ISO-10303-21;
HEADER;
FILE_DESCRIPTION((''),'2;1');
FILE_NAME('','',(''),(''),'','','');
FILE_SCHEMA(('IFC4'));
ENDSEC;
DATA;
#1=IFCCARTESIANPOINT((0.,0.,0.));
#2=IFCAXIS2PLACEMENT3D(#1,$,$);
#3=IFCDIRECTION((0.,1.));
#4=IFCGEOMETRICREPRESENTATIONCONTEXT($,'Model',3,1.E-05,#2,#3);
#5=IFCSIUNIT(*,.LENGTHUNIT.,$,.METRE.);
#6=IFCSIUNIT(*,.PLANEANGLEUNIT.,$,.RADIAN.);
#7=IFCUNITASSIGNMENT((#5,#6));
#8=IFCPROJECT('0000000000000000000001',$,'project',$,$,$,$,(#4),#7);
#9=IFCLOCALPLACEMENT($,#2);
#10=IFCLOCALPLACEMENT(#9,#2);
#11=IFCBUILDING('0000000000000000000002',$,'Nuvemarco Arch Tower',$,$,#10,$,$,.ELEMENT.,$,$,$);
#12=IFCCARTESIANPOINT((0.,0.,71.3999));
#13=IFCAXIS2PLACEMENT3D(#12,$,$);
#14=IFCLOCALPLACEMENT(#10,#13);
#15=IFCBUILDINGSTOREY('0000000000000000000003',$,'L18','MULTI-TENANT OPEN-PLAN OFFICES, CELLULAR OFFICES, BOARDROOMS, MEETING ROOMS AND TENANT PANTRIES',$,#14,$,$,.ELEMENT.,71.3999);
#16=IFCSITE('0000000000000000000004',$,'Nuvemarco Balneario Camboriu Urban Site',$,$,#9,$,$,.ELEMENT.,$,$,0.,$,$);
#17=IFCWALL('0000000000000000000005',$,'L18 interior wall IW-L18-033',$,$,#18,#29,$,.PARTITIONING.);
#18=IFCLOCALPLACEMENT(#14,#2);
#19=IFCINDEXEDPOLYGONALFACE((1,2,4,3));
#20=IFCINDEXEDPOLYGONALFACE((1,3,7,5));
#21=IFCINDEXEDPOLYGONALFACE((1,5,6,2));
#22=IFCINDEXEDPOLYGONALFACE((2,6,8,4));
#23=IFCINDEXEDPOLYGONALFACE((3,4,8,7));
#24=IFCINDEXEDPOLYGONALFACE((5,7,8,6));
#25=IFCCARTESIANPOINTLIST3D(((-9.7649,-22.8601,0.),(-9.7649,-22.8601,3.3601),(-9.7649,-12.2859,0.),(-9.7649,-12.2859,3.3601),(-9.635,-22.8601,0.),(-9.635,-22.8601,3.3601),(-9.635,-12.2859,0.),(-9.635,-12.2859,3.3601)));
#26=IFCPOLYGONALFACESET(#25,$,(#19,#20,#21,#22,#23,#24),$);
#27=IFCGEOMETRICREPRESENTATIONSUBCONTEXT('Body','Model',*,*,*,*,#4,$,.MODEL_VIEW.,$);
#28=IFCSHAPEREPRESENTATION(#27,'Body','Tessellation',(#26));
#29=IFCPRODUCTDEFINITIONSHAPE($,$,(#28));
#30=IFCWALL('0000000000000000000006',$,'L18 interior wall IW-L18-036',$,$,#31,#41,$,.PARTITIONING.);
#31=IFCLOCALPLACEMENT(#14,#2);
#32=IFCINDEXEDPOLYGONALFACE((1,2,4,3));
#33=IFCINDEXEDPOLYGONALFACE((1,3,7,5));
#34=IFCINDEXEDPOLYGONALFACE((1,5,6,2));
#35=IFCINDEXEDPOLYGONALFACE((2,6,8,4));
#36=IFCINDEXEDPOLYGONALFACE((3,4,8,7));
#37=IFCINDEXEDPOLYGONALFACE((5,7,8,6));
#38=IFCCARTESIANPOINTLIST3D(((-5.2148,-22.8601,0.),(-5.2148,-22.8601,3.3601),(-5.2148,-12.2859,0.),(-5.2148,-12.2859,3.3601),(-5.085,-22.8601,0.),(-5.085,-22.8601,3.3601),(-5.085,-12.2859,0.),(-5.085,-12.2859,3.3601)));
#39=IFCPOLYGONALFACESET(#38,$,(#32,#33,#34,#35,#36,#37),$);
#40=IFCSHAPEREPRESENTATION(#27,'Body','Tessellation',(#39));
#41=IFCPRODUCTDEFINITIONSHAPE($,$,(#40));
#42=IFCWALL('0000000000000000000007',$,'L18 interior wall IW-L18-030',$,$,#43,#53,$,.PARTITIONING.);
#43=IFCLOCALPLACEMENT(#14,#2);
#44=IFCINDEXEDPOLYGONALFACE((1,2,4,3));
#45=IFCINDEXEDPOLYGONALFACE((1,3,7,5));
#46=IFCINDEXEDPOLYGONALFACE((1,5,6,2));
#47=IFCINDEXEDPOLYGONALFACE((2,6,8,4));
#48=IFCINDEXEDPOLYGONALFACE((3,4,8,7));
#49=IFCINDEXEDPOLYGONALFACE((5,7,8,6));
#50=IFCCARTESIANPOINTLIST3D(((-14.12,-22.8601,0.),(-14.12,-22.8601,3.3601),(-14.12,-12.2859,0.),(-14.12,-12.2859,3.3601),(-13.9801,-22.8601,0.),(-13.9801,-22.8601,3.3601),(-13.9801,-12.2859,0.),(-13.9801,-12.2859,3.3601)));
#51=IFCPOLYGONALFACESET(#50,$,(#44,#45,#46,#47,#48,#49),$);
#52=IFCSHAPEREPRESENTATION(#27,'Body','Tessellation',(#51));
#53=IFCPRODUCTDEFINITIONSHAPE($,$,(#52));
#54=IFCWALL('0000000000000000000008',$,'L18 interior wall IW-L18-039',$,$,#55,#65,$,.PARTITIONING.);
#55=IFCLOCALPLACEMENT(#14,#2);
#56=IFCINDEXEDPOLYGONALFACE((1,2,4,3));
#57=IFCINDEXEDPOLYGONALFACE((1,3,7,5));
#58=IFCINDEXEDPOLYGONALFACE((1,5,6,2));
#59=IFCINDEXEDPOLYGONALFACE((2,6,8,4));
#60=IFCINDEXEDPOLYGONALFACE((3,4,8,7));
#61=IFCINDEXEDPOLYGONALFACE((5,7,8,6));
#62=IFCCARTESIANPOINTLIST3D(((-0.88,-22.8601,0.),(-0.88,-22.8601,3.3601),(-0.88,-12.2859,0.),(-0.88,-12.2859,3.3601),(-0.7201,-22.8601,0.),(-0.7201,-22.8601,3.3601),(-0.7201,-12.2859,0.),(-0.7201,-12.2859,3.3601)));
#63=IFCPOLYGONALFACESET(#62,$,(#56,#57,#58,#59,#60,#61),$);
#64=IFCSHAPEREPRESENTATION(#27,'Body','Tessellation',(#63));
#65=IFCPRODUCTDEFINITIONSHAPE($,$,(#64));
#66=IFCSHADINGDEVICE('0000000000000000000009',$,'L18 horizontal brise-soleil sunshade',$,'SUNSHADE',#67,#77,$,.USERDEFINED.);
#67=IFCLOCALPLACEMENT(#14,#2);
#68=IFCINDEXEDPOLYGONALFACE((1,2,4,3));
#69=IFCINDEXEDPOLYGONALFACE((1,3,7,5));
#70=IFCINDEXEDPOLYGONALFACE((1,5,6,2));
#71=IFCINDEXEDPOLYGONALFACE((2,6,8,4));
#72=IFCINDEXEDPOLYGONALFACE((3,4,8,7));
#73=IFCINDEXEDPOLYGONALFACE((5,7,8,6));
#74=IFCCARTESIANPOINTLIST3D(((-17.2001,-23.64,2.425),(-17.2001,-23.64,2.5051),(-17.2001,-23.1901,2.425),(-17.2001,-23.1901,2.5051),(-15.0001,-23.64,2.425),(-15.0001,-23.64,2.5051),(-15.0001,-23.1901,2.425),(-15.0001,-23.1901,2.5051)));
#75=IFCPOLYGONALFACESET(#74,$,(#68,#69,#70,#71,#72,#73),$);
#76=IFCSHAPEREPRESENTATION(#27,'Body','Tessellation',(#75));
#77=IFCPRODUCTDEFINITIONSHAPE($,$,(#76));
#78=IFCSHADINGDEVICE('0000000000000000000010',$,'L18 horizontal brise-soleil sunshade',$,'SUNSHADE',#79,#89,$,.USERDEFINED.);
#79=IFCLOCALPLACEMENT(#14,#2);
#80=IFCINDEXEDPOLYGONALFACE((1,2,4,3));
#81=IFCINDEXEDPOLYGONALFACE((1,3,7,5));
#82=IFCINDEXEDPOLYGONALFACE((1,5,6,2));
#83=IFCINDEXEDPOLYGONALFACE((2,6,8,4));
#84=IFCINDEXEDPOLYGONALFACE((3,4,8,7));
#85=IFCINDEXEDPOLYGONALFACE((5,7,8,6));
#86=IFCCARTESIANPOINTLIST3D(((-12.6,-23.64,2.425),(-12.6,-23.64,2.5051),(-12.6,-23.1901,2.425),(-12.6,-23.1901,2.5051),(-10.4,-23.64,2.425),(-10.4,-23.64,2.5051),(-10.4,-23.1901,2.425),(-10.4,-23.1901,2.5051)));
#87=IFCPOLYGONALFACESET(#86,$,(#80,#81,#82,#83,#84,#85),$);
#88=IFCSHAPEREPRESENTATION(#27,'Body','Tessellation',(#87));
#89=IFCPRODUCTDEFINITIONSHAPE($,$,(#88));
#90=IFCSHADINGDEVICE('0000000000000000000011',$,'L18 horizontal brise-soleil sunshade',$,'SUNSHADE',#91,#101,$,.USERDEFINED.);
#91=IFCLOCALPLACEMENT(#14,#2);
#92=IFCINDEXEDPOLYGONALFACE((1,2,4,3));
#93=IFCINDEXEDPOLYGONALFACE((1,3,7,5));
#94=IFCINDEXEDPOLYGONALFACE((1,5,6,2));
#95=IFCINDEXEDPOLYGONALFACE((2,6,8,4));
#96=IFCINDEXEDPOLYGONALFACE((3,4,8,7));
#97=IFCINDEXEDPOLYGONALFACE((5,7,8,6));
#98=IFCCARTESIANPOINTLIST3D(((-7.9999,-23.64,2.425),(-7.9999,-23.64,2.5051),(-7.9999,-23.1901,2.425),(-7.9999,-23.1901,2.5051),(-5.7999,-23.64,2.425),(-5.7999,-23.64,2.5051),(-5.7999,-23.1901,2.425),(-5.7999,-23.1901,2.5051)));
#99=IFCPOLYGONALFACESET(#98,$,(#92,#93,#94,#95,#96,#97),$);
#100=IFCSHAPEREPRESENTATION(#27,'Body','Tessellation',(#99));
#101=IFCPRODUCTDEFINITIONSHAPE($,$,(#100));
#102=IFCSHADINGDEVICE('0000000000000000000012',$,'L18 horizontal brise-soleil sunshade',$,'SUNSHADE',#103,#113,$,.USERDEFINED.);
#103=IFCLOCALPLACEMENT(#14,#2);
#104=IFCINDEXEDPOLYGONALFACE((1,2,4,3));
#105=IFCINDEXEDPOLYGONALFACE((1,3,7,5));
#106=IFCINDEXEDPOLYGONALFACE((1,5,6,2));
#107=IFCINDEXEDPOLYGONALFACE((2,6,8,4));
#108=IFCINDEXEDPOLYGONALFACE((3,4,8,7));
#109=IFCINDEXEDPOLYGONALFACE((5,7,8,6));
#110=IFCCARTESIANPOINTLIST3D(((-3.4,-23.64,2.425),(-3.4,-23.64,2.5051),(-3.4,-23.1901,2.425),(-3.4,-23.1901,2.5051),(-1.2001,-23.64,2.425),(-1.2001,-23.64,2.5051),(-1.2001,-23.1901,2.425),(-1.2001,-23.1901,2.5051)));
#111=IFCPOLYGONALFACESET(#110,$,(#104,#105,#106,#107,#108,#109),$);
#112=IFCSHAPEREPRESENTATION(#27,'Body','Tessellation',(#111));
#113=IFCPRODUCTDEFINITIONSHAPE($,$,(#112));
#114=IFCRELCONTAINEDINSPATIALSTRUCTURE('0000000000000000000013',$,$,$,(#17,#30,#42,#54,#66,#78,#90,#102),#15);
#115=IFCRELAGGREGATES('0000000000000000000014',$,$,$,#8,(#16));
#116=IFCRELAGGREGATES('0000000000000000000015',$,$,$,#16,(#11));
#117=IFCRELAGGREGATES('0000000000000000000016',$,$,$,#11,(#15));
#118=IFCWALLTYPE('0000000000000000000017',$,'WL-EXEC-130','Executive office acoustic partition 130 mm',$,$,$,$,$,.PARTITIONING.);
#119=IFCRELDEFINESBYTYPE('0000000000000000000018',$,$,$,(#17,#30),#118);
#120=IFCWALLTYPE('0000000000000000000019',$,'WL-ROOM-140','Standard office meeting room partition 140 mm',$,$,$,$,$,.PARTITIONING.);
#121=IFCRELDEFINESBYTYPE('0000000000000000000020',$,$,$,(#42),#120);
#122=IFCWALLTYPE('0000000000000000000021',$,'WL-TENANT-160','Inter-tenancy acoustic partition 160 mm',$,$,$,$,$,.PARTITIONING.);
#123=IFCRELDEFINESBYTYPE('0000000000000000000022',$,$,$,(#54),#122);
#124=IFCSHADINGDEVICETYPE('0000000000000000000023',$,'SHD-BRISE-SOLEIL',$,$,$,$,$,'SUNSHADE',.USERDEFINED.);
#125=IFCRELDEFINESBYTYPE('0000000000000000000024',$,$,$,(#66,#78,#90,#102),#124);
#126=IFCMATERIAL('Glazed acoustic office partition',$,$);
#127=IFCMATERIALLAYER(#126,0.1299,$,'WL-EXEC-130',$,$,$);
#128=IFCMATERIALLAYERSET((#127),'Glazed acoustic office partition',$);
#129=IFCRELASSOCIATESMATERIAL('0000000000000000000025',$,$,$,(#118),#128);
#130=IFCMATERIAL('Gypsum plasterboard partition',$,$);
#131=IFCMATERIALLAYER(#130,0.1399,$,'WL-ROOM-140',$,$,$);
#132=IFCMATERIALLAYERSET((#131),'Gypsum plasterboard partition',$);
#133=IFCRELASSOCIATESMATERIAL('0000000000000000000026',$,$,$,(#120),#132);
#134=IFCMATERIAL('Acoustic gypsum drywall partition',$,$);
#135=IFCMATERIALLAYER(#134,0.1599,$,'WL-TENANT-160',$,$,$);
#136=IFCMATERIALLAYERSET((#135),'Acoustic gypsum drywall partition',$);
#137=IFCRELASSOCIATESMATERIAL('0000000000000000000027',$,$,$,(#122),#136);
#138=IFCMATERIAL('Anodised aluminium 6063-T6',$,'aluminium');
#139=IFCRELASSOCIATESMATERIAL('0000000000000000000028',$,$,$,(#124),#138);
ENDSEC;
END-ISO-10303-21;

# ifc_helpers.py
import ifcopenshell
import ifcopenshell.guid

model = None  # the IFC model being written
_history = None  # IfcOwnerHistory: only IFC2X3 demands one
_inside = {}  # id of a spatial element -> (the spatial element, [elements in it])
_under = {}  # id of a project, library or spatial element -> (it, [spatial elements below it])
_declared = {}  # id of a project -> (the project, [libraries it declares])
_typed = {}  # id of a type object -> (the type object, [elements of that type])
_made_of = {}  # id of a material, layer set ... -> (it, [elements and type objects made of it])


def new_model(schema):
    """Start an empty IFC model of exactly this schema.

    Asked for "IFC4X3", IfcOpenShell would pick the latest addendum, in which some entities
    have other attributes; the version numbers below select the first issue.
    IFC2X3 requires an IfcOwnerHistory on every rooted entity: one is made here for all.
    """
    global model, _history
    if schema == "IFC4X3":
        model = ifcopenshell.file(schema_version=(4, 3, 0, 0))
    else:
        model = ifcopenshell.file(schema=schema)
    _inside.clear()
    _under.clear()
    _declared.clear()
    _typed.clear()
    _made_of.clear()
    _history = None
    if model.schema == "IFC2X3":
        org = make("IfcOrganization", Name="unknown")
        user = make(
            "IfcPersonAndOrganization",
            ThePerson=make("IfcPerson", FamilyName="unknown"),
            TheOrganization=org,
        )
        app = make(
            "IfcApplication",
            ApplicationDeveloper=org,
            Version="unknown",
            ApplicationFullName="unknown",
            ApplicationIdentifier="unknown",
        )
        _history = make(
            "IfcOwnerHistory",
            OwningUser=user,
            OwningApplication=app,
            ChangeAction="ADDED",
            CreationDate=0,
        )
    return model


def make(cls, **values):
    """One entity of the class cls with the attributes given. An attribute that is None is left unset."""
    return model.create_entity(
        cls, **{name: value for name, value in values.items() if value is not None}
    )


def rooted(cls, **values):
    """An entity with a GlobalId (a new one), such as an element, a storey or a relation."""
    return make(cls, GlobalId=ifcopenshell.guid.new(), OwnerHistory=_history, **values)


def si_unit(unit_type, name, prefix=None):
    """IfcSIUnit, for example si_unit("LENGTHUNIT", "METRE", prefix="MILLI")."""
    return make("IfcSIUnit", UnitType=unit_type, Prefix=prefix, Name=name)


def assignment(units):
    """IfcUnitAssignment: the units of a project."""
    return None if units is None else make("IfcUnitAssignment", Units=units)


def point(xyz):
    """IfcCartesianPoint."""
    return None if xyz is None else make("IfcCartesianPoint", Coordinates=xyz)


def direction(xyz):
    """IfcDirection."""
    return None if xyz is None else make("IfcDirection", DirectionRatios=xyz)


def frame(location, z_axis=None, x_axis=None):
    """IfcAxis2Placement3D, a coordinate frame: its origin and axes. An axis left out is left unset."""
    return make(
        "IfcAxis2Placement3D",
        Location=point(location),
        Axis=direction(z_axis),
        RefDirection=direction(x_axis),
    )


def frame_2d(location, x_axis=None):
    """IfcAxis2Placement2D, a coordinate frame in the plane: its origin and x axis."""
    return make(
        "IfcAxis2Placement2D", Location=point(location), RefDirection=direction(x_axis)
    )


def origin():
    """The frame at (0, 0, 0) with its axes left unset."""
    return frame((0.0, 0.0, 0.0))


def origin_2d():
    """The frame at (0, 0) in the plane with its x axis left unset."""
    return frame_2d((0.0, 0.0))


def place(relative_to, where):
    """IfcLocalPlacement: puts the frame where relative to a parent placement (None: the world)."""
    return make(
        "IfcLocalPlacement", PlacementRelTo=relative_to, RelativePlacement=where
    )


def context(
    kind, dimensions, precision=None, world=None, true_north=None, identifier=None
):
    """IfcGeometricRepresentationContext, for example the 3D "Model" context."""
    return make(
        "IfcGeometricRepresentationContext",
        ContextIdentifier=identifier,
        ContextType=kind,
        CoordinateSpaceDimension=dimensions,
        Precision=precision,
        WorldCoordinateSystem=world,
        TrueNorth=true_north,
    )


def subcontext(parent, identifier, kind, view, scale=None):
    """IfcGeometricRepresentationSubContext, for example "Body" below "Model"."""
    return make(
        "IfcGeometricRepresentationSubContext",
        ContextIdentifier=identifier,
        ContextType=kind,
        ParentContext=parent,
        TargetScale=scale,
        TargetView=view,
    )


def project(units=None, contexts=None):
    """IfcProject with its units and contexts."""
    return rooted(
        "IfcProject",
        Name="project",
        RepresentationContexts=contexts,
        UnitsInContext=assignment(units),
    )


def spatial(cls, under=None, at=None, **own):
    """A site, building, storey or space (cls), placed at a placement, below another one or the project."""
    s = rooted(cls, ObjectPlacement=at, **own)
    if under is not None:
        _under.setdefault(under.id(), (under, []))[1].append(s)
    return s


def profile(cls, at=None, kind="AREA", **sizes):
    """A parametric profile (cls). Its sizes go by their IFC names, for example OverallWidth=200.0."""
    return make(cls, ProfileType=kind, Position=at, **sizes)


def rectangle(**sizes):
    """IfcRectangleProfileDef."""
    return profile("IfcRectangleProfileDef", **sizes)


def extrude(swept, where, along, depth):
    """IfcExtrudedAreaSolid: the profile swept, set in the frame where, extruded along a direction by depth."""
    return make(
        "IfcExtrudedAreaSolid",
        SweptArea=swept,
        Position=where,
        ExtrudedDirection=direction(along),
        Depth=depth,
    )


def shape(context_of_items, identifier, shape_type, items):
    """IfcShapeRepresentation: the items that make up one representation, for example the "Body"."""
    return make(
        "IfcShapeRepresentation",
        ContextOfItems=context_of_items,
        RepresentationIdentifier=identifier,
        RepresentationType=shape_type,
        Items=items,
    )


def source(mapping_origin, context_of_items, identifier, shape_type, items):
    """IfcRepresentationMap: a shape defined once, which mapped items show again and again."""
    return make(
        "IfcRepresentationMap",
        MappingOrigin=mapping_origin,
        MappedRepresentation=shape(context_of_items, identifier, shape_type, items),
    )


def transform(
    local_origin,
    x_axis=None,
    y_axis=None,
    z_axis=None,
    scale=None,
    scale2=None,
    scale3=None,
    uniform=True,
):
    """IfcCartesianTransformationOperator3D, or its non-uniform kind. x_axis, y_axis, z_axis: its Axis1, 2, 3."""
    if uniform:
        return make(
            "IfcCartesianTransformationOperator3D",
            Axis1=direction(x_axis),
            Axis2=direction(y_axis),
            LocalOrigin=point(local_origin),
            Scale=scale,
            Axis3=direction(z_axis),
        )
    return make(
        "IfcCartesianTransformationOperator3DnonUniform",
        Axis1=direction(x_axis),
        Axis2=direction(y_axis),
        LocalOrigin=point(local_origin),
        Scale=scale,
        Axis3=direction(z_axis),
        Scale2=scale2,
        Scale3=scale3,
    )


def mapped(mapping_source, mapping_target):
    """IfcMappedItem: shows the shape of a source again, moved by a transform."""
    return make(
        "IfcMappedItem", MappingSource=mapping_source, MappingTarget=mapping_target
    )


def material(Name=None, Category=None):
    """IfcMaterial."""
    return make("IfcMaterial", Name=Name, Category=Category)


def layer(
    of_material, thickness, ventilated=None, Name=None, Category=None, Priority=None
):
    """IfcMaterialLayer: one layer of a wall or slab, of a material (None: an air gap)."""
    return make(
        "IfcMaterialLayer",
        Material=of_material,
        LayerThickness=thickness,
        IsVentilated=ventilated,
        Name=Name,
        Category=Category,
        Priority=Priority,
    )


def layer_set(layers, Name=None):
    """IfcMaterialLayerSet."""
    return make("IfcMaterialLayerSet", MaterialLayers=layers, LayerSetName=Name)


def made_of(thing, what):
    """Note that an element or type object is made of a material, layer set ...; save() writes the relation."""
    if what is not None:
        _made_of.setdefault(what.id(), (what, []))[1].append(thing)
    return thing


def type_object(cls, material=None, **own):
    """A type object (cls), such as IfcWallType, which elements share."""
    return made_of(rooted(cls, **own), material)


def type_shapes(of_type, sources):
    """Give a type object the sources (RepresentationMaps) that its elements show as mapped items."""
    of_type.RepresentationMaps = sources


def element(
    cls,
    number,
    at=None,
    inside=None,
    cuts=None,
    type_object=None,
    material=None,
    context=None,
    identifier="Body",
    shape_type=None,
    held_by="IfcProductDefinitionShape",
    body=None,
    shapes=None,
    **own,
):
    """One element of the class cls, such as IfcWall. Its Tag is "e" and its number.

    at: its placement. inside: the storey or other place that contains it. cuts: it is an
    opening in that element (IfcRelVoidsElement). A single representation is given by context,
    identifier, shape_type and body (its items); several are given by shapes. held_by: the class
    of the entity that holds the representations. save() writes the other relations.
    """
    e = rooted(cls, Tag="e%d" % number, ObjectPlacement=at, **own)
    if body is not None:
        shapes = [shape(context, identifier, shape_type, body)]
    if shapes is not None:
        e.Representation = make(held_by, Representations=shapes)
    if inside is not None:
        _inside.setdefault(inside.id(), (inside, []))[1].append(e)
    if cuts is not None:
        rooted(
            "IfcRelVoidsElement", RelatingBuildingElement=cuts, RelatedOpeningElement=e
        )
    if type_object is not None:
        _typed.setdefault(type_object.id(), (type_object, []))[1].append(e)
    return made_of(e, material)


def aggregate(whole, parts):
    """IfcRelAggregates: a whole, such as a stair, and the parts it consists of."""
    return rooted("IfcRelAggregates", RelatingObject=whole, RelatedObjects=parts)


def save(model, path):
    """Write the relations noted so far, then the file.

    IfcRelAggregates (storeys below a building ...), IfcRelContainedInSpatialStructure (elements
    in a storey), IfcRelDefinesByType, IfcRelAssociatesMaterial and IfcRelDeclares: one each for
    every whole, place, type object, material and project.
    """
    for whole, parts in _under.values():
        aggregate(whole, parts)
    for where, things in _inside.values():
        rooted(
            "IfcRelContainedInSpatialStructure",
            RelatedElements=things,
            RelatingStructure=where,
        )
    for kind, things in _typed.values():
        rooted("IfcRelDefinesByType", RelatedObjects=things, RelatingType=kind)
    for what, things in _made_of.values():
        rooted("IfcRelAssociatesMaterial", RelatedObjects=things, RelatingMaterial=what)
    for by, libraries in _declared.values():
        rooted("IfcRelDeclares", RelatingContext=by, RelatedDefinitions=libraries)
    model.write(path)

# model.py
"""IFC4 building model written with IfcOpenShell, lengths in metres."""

from ifc_helpers import new_model, si_unit, direction, frame, frame_2d, origin, origin_2d, place, context, subcontext, project, spatial, rectangle, extrude, source, transform, mapped, material, layer, layer_set, type_object, type_shapes, element, save


model = new_model("IFC4")

# Units and contexts
model_context = context("Model", 3, precision=1e-05, world=origin(), true_north=direction((0.0, 1.0)))
body_context = subcontext(model_context, "Body", "Model", "MODEL_VIEW")
ifc_project = project(units=[si_unit("LENGTHUNIT", "METRE"), si_unit("PLANEANGLEUNIT", "RADIAN")], contexts=[model_context])

# Site, building, storey
site_placement = place(None, origin())
site = spatial("IfcSite", under=ifc_project, at=site_placement, Name="Nuvemarco Balneario Camboriu Urban Site", CompositionType="ELEMENT", RefElevation=0.0)
building_placement = place(site_placement, origin())
building = spatial("IfcBuilding", under=site, at=building_placement, Name="Nuvemarco Arch Tower", CompositionType="ELEMENT")
storey_placement = place(building_placement, frame((0.0, 0.0, 71.3999)))
storey = spatial("IfcBuildingStorey", under=building, at=storey_placement, Name="L18", Description="MULTI-TENANT OPEN-PLAN OFFICES, CELLULAR OFFICES, BOARDROOMS, MEETING ROOMS AND TENANT PANTRIES", CompositionType="ELEMENT", Elevation=71.3999)

# Walls
ifc_material_1 = material(Name="Glazed acoustic office partition")
ifc_layer_1 = layer(ifc_material_1, 0.1299, Name="WL-EXEC-130")
ifc_layer_set_1 = layer_set([ifc_layer_1], Name="Glazed acoustic office partition")
wall_type_1 = type_object("IfcWallType", Name="WL-EXEC-130", Description="Executive office acoustic partition 130 mm", PredefinedType="PARTITIONING", material=ifc_layer_set_1)
for number, where, z_axis, x_axis, name in (
    (1, (-9.7, -22.8601, 0.0), (0.0, 0.0, 1.0), (0.0, 1.0, 0.0), "L18 interior wall IW-L18-033"),
    (2, (-5.1499, -22.8601, 0.0), (0.0, 0.0, 1.0), (0.0, 1.0, 0.0), "L18 interior wall IW-L18-036"),
):
    element("IfcWall", number, at=place(storey_placement, frame(where, z_axis=z_axis, x_axis=x_axis)), inside=storey, type_object=wall_type_1, Name=name, PredefinedType="PARTITIONING", context=body_context, shape_type="SweptSolid", body=[
        extrude(rectangle(XDim=10.5742, YDim=0.1299, at=frame_2d((5.2871, 0.0))), origin(), (0.0, 0.0, 1.0), 3.3601),
    ])
ifc_material_2 = material(Name="Gypsum plasterboard partition")
ifc_layer_2 = layer(ifc_material_2, 0.1399, Name="WL-ROOM-140")
ifc_layer_set_2 = layer_set([ifc_layer_2], Name="Gypsum plasterboard partition")
wall_type_2 = type_object("IfcWallType", Name="WL-ROOM-140", Description="Standard office meeting room partition 140 mm", PredefinedType="PARTITIONING", material=ifc_layer_set_2)
wall_1_placement = place(storey_placement, frame((-14.05, -22.8601, 0.0), z_axis=(0.0, 0.0, 1.0), x_axis=(0.0, 1.0, 0.0)))
element("IfcWall", 3, at=wall_1_placement, inside=storey, type_object=wall_type_2, Name="L18 interior wall IW-L18-030", PredefinedType="PARTITIONING", context=body_context, shape_type="SweptSolid", body=[
    extrude(rectangle(XDim=10.5742, YDim=0.1399, at=frame_2d((5.2871, 0.0))), origin(), (0.0, 0.0, 1.0), 3.3601),
])
ifc_material_3 = material(Name="Acoustic gypsum drywall partition")
ifc_layer_3 = layer(ifc_material_3, 0.1599, Name="WL-TENANT-160")
ifc_layer_set_3 = layer_set([ifc_layer_3], Name="Acoustic gypsum drywall partition")
wall_type_3 = type_object("IfcWallType", Name="WL-TENANT-160", Description="Inter-tenancy acoustic partition 160 mm", PredefinedType="PARTITIONING", material=ifc_layer_set_3)
wall_2_placement = place(storey_placement, frame((-0.8, -22.8601, 0.0), z_axis=(0.0, 0.0, 1.0), x_axis=(0.0, 1.0, 0.0)))
element("IfcWall", 4, at=wall_2_placement, inside=storey, type_object=wall_type_3, Name="L18 interior wall IW-L18-039", PredefinedType="PARTITIONING", context=body_context, shape_type="SweptSolid", body=[
    extrude(rectangle(XDim=10.5742, YDim=0.1599, at=frame_2d((5.2871, 0.0))), origin(), (0.0, 0.0, 1.0), 3.3601),
])

# Shading devices
ifc_material_4 = material(Name="Anodised aluminium 6063-T6", Category="aluminium")
shading_device_type = type_object("IfcShadingDeviceType", Name="SHD-BRISE-SOLEIL", ElementType="SUNSHADE", PredefinedType="USERDEFINED", material=ifc_material_4)
shared_shape_1 = source(origin(), body_context, "Body", "SweptSolid", [
    extrude(rectangle(XDim=2.2, YDim=0.45, at=origin_2d()), origin(), (0.0, 0.0, 1.0), 0.0801),
])
type_shapes(shading_device_type, [shared_shape_1])
for number, where, z_axis, x_axis, name in (
    (5, (-16.1001, -23.415, 2.425), (0.0, 0.0, 1.0), (1.0, 0.0, 0.0), "L18 horizontal brise-soleil sunshade"),
    (6, (-11.5, -23.415, 2.425), (0.0, 0.0, 1.0), (1.0, 0.0, 0.0), "L18 horizontal brise-soleil sunshade"),
    (7, (-6.8999, -23.415, 2.425), (0.0, 0.0, 1.0), (1.0, 0.0, 0.0), "L18 horizontal brise-soleil sunshade"),
    (8, (-2.3, -23.415, 2.425), (0.0, 0.0, 1.0), (1.0, 0.0, 0.0), "L18 horizontal brise-soleil sunshade"),
):
    element("IfcShadingDevice", number, at=place(storey_placement, frame(where, z_axis=z_axis, x_axis=x_axis)), inside=storey, type_object=shading_device_type, Name=name, ObjectType="SUNSHADE", PredefinedType="USERDEFINED", context=body_context, shape_type="MappedRepresentation", body=[
        mapped(shared_shape_1, transform((0.0, 0.0, 0.0), scale=1.0)),
    ])

save(model, "model.ifc")
